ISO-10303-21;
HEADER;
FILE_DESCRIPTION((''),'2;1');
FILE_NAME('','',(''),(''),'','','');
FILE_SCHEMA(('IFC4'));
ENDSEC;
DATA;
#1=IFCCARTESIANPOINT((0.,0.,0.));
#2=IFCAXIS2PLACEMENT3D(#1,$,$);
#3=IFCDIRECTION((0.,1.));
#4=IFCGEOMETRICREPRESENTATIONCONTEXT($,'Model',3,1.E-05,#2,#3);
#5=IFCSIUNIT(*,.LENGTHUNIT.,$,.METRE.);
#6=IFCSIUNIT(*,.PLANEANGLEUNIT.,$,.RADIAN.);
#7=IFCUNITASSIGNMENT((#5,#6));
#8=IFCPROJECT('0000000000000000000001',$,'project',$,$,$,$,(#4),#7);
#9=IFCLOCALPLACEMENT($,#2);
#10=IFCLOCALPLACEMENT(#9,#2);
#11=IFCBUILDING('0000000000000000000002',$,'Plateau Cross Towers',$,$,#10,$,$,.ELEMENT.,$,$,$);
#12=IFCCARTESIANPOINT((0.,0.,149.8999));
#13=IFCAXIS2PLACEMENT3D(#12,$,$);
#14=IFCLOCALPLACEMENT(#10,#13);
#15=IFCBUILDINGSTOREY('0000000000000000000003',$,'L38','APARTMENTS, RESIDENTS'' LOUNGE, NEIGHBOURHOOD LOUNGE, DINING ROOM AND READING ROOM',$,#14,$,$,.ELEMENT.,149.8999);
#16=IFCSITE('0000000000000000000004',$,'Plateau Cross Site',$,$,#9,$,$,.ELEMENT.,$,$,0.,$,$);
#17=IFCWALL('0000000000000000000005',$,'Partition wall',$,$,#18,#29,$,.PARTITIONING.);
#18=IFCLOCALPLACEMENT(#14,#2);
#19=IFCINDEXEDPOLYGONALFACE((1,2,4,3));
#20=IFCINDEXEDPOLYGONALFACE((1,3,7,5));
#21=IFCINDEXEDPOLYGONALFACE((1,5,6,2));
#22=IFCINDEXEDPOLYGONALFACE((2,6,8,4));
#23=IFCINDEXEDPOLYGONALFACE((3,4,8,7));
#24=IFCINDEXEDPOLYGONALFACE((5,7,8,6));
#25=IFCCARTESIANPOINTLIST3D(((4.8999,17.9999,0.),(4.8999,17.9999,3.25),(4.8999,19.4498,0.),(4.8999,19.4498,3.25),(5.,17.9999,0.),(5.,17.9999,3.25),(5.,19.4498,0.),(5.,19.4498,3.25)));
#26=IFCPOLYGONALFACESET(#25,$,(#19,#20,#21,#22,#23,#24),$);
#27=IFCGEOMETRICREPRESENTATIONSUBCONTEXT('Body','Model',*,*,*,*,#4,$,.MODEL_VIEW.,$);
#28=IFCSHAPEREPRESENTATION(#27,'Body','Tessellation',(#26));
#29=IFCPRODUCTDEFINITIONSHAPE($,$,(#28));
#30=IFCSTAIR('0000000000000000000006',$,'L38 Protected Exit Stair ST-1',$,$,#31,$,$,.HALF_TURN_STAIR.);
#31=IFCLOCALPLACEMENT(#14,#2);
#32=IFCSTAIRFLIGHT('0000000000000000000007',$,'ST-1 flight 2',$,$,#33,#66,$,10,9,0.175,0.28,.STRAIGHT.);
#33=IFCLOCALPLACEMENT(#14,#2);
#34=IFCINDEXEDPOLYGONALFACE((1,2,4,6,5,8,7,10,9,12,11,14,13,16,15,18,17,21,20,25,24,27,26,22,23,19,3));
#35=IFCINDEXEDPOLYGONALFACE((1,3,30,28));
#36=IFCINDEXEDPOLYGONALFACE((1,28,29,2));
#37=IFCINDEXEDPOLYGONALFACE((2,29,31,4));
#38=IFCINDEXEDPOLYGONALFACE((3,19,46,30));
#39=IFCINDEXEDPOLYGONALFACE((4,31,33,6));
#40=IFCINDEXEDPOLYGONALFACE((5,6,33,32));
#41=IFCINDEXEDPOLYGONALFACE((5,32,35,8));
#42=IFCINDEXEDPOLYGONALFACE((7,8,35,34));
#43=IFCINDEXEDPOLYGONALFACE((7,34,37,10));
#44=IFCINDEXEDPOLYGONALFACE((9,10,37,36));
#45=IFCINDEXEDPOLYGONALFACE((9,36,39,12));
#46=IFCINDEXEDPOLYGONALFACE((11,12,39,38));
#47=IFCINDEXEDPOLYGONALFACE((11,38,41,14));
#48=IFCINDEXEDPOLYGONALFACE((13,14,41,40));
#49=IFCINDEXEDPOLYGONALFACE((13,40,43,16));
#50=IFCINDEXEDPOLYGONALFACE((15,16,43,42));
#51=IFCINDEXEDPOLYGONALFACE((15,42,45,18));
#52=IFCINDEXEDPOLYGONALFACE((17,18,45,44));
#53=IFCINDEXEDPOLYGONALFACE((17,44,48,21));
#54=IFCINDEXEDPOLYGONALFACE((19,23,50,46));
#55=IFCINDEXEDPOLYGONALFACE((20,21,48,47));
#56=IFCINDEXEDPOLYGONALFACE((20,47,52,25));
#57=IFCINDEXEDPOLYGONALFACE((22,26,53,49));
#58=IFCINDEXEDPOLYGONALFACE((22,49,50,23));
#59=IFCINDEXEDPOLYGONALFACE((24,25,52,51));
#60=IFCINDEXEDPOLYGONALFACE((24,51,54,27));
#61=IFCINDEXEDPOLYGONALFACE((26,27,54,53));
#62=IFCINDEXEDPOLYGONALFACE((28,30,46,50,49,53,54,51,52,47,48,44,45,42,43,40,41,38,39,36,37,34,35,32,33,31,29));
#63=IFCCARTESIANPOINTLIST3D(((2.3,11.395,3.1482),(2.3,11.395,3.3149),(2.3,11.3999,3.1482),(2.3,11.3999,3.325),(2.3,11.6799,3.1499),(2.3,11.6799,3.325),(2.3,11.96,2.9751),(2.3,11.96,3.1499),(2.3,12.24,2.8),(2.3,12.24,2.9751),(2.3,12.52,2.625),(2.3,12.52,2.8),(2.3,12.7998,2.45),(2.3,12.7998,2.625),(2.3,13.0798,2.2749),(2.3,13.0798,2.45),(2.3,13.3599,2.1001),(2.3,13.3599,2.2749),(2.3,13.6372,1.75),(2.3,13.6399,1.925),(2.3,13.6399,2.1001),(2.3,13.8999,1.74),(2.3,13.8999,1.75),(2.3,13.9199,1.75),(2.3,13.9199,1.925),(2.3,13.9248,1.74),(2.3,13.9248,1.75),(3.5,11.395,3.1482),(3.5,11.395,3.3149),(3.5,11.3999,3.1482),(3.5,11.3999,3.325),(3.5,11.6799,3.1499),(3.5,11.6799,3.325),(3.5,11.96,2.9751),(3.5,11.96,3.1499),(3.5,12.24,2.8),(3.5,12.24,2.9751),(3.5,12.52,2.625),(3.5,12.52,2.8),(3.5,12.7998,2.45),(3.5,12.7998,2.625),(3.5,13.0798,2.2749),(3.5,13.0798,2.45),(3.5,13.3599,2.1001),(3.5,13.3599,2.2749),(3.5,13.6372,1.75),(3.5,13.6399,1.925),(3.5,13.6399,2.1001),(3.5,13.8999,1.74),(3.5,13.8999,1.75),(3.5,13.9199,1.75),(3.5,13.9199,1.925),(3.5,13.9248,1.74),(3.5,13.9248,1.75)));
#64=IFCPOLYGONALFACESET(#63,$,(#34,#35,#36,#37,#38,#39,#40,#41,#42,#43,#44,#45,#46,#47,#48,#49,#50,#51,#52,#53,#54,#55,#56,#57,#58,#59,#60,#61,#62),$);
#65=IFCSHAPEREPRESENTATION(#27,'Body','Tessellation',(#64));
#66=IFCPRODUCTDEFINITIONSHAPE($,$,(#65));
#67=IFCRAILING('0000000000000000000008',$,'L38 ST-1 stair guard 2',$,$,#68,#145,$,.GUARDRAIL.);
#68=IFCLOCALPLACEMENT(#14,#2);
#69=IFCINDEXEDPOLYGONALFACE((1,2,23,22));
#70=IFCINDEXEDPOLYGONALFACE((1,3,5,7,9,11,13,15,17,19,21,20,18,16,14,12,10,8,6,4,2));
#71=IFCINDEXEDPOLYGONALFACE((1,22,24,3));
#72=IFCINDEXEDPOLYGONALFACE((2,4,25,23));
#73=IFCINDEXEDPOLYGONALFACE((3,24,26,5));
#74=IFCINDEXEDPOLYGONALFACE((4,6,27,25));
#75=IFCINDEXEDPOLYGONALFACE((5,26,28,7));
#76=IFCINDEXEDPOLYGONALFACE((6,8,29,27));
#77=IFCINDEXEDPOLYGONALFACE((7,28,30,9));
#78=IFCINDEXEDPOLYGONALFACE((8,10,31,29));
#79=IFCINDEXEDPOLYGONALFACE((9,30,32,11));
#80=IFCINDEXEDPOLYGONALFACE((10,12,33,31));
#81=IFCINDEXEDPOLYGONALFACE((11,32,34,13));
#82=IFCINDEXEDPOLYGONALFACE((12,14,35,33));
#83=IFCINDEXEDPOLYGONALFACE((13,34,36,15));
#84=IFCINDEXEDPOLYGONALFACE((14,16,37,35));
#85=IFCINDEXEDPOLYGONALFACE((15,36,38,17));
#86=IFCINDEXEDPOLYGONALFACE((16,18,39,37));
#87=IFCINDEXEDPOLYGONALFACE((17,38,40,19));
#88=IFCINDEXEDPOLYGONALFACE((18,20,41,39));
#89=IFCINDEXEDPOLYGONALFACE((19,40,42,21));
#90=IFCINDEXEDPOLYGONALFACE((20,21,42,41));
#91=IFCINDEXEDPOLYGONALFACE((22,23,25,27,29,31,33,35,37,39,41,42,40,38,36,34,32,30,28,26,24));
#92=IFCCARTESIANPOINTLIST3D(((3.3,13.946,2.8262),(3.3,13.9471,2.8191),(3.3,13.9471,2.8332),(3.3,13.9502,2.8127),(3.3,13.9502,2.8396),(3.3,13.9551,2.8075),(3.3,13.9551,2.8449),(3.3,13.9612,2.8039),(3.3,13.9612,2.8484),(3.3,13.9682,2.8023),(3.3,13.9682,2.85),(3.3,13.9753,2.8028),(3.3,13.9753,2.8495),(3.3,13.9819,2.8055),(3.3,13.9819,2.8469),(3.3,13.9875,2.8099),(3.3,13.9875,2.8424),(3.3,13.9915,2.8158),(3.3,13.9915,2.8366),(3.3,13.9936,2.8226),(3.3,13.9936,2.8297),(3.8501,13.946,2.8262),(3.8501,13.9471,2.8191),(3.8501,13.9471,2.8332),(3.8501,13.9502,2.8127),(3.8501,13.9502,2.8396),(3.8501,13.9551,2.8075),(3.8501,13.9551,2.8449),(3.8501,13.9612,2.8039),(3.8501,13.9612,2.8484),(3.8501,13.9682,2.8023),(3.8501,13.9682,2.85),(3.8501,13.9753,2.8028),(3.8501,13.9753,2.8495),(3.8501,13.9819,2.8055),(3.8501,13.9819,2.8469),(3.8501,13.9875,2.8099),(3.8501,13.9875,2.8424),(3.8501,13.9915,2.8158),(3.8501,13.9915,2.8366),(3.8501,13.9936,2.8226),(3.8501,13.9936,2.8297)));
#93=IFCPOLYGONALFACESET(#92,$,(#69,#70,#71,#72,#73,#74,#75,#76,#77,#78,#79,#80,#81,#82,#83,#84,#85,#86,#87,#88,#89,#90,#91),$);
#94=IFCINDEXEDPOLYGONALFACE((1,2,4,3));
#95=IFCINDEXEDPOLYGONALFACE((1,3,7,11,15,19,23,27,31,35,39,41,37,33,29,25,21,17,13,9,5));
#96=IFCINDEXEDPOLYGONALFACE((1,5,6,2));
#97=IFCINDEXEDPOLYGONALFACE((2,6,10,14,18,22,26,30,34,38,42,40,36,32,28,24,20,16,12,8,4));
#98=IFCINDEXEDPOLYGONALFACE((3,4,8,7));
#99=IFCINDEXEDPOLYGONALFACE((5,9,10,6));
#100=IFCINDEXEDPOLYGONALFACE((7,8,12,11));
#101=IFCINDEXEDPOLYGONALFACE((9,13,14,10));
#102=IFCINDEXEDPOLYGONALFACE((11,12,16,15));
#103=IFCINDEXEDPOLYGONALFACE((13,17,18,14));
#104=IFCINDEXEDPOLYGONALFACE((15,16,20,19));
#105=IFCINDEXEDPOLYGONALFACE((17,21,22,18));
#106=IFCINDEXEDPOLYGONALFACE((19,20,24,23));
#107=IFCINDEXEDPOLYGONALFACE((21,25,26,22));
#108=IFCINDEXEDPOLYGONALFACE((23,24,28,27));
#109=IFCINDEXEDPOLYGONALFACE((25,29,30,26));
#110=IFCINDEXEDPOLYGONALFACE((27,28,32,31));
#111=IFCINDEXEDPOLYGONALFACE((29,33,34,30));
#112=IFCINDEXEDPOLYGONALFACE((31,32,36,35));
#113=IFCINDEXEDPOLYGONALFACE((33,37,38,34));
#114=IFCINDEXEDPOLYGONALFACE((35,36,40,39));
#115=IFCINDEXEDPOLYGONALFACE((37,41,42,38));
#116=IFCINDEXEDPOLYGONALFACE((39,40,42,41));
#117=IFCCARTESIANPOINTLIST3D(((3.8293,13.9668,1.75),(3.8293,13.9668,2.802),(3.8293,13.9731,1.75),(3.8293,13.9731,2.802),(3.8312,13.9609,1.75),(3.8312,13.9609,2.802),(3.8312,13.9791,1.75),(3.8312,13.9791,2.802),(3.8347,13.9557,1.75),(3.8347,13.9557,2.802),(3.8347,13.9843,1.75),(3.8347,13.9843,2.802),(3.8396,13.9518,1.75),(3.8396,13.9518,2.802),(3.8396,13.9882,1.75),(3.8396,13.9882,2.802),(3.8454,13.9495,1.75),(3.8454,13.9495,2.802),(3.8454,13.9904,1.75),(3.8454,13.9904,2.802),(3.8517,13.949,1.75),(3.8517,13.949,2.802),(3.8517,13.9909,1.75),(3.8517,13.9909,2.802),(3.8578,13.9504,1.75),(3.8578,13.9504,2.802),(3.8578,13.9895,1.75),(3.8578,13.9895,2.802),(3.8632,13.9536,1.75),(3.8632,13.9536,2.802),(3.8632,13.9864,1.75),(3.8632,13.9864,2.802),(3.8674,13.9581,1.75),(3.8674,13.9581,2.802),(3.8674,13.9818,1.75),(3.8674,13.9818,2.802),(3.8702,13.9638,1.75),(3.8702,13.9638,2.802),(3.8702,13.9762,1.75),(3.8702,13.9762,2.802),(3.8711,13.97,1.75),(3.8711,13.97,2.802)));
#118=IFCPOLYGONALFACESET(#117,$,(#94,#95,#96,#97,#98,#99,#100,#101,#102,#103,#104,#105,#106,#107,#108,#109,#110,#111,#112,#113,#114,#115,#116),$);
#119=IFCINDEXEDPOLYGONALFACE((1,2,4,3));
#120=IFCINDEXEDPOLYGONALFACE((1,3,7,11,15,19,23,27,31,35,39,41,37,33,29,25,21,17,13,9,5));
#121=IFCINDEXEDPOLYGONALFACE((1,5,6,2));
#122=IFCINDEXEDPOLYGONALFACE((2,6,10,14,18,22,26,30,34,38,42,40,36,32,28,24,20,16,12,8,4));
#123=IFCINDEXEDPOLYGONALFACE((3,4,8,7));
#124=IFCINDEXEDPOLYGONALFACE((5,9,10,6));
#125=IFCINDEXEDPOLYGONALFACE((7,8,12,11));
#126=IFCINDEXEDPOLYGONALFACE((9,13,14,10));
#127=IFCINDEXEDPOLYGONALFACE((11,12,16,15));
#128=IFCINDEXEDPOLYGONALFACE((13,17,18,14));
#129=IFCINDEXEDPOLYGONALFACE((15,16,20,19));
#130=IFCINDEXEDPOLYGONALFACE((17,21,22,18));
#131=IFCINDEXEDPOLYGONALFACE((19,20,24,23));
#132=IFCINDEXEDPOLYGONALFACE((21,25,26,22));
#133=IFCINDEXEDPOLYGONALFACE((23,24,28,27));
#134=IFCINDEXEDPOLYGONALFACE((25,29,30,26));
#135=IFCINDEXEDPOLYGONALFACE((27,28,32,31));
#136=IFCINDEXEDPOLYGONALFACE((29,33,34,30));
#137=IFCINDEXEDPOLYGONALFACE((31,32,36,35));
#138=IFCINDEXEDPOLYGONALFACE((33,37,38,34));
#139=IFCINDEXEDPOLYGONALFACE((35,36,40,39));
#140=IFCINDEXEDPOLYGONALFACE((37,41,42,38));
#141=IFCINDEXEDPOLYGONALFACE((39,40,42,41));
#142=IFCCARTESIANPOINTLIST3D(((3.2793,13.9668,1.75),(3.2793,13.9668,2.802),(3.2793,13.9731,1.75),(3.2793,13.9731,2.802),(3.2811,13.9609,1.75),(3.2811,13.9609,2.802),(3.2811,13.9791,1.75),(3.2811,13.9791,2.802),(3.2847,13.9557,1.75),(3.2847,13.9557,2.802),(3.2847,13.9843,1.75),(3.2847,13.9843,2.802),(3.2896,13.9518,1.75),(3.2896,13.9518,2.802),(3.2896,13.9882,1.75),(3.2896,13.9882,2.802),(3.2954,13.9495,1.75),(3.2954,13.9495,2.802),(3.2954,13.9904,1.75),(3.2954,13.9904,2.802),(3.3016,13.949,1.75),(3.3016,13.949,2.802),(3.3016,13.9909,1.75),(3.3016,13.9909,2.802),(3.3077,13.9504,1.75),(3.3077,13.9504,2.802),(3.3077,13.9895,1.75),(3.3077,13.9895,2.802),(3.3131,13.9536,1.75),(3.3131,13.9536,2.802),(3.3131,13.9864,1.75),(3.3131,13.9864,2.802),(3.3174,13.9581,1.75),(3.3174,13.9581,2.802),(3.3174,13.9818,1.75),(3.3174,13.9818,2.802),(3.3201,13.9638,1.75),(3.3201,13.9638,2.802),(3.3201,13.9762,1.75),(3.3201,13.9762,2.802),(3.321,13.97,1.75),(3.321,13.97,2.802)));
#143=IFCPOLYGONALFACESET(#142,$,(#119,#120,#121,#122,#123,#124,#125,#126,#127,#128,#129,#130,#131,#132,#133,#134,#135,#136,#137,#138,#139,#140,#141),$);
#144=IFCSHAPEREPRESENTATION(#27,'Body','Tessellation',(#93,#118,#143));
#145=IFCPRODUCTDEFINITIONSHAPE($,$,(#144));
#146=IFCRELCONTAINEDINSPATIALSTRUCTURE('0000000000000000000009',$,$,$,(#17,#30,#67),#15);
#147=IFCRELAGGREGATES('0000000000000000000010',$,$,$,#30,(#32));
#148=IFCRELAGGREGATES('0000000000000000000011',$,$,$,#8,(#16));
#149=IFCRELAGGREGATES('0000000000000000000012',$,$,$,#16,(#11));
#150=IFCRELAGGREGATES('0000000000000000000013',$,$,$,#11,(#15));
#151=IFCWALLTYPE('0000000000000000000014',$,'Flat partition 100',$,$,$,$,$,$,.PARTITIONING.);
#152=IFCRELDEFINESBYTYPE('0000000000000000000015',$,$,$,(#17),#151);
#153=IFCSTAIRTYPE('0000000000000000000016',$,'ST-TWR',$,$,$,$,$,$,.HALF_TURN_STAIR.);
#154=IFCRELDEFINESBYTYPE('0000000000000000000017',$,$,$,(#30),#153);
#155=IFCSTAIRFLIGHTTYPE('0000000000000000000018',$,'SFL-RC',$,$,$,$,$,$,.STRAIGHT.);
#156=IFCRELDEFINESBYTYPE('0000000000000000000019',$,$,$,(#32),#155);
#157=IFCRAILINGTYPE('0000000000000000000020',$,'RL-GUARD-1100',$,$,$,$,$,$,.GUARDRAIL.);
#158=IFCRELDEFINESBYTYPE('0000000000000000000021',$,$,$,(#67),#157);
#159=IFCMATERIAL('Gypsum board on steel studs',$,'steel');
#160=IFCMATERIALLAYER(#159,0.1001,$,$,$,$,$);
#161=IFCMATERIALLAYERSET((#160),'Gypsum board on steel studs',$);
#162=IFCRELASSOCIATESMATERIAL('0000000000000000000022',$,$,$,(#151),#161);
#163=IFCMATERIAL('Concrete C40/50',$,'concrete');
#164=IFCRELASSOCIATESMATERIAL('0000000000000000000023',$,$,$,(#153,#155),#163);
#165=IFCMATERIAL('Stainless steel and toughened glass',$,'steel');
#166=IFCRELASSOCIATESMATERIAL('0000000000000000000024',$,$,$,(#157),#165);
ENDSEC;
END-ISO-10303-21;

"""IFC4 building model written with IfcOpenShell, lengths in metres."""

from ifc_helpers import new_model, si_unit, direction, frame, frame_2d, origin, origin_2d, place, context, subcontext, project, spatial, polyline, rectangle, circle, outline, extrude, material, layer, layer_set, type_object, element, aggregate, save


model = new_model("IFC4")

# Units and contexts
model_context = context("Model", 3, precision=1e-05, world=origin(), true_north=direction((0.0, 1.0)))
body_context = subcontext(model_context, "Body", "Model", "MODEL_VIEW")
ifc_project = project(units=[si_unit("LENGTHUNIT", "METRE"), si_unit("PLANEANGLEUNIT", "RADIAN")], contexts=[model_context])

# Site, building, storey
site_placement = place(None, origin())
site = spatial("IfcSite", under=ifc_project, at=site_placement, Name="Plateau Cross Site", CompositionType="ELEMENT", RefElevation=0.0)
building_placement = place(site_placement, origin())
building = spatial("IfcBuilding", under=site, at=building_placement, Name="Plateau Cross Towers", CompositionType="ELEMENT")
storey_placement = place(building_placement, frame((0.0, 0.0, 149.8999)))
storey = spatial("IfcBuildingStorey", under=building, at=storey_placement, Name="L38", Description="APARTMENTS, RESIDENTS' LOUNGE, NEIGHBOURHOOD LOUNGE, DINING ROOM AND READING ROOM", CompositionType="ELEMENT", Elevation=149.8999)

# Shared definitions
ifc_material_1 = material(Name="Gypsum board on steel studs", Category="steel")
ifc_layer_1 = layer(ifc_material_1, 0.1001)
ifc_layer_set_1 = layer_set([ifc_layer_1], Name="Gypsum board on steel studs")
wall_type_1 = type_object("IfcWallType", Name="Flat partition 100", PredefinedType="PARTITIONING", material=ifc_layer_set_1)

# Wall
wall_1_placement = place(storey_placement, frame((4.95, 19.45, 0.0), z_axis=(0.0, 0.0, 1.0), x_axis=(0.0, -1.0, 0.0)))
element("IfcWall", 1, at=wall_1_placement, inside=storey, type_object=wall_type_1, Name="Partition wall", PredefinedType="PARTITIONING", context=body_context, shape_type="SweptSolid", body=[
    extrude(rectangle(XDim=1.45, YDim=0.1001, at=frame_2d((0.7251, 0.0))), origin(), (0.0, 0.0, 1.0), 3.25),
])

# Stair, stair flight
ifc_material_2 = material(Name="Concrete C40/50", Category="concrete")
stair_type = type_object("IfcStairType", Name="ST-TWR", PredefinedType="HALF_TURN_STAIR", material=ifc_material_2)
stair_placement = place(storey_placement, origin())
stair = element("IfcStair", 2, at=stair_placement, inside=storey, type_object=stair_type, Name="L38 Protected Exit Stair ST-1", PredefinedType="HALF_TURN_STAIR")
stair_flight_type = type_object("IfcStairFlightType", Name="SFL-RC", PredefinedType="STRAIGHT", material=ifc_material_2)
stair_flight_placement = place(storey_placement, frame((2.8999, 13.9199, 1.75), z_axis=(0.0, 0.0, 1.0), x_axis=(0.0, -1.0, 0.0)))
stair_flight = element("IfcStairFlight", 3, at=stair_flight_placement, type_object=stair_flight_type, Name="ST-1 flight 2", NumberOfRisers=10, NumberOfTreads=9, PredefinedType="STRAIGHT", RiserHeight=0.175, TreadLength=0.28, context=body_context, shape_type="SweptSolid", body=[
    extrude(outline(polyline([(-0.0049, -0.01), (-0.0049, 0.0), (0.0, 0.0), (0.0, 0.175), (0.28, 0.175), (0.28, 0.3501), (0.5601, 0.3501), (0.5601, 0.5249), (0.8401, 0.5249), (0.8401, 0.7), (1.1201, 0.7), (1.1201, 0.875), (1.3999, 0.875), (1.3999, 1.05), (1.6799, 1.05), (1.6799, 1.2251), (1.96, 1.2251), (1.96, 1.3999), (2.24, 1.3999), (2.24, 1.575), (2.52, 1.575), (2.5249, 1.5649), (2.5249, 1.3982), (2.52, 1.3982), (0.2827, 0.0), (0.02, 0.0), (0.02, -0.01), (-0.0049, -0.01)])), frame((0.0, 0.6001, 0.0), z_axis=(0.0, -1.0, 0.0), x_axis=(1.0, 0.0, 0.0)), (0.0, 0.0, 1.0), 1.2),
])
aggregate(stair, [stair_flight])

# Railing
ifc_material_3 = material(Name="Stainless steel and toughened glass", Category="steel")
railing_type = type_object("IfcRailingType", Name="RL-GUARD-1100", PredefinedType="GUARDRAIL", material=ifc_material_3)
railing_1_placement = place(storey_placement, frame((3.8501, 13.97, 1.75)))
element("IfcRailing", 4, at=railing_1_placement, inside=storey, type_object=railing_type, Name="L38 ST-1 stair guard 2", PredefinedType="GUARDRAIL", context=body_context, shape_type="SweptSolid", body=[
    extrude(circle(Radius=0.0239, at=origin_2d()), frame((0.0, 0.0, 1.0762), z_axis=(-1.0, 0.0, 0.0), x_axis=(0.0, -1.0, 0.0)), (0.0, 0.0, 1.0), 0.55),
    extrude(circle(Radius=0.021, at=origin_2d()), origin(), (0.0, 0.0, 1.0), 1.052),
    extrude(circle(Radius=0.021, at=origin_2d()), frame((-0.55, 0.0, 0.0)), (0.0, 0.0, 1.0), 1.052),
])

save(model, "model.ifc")
